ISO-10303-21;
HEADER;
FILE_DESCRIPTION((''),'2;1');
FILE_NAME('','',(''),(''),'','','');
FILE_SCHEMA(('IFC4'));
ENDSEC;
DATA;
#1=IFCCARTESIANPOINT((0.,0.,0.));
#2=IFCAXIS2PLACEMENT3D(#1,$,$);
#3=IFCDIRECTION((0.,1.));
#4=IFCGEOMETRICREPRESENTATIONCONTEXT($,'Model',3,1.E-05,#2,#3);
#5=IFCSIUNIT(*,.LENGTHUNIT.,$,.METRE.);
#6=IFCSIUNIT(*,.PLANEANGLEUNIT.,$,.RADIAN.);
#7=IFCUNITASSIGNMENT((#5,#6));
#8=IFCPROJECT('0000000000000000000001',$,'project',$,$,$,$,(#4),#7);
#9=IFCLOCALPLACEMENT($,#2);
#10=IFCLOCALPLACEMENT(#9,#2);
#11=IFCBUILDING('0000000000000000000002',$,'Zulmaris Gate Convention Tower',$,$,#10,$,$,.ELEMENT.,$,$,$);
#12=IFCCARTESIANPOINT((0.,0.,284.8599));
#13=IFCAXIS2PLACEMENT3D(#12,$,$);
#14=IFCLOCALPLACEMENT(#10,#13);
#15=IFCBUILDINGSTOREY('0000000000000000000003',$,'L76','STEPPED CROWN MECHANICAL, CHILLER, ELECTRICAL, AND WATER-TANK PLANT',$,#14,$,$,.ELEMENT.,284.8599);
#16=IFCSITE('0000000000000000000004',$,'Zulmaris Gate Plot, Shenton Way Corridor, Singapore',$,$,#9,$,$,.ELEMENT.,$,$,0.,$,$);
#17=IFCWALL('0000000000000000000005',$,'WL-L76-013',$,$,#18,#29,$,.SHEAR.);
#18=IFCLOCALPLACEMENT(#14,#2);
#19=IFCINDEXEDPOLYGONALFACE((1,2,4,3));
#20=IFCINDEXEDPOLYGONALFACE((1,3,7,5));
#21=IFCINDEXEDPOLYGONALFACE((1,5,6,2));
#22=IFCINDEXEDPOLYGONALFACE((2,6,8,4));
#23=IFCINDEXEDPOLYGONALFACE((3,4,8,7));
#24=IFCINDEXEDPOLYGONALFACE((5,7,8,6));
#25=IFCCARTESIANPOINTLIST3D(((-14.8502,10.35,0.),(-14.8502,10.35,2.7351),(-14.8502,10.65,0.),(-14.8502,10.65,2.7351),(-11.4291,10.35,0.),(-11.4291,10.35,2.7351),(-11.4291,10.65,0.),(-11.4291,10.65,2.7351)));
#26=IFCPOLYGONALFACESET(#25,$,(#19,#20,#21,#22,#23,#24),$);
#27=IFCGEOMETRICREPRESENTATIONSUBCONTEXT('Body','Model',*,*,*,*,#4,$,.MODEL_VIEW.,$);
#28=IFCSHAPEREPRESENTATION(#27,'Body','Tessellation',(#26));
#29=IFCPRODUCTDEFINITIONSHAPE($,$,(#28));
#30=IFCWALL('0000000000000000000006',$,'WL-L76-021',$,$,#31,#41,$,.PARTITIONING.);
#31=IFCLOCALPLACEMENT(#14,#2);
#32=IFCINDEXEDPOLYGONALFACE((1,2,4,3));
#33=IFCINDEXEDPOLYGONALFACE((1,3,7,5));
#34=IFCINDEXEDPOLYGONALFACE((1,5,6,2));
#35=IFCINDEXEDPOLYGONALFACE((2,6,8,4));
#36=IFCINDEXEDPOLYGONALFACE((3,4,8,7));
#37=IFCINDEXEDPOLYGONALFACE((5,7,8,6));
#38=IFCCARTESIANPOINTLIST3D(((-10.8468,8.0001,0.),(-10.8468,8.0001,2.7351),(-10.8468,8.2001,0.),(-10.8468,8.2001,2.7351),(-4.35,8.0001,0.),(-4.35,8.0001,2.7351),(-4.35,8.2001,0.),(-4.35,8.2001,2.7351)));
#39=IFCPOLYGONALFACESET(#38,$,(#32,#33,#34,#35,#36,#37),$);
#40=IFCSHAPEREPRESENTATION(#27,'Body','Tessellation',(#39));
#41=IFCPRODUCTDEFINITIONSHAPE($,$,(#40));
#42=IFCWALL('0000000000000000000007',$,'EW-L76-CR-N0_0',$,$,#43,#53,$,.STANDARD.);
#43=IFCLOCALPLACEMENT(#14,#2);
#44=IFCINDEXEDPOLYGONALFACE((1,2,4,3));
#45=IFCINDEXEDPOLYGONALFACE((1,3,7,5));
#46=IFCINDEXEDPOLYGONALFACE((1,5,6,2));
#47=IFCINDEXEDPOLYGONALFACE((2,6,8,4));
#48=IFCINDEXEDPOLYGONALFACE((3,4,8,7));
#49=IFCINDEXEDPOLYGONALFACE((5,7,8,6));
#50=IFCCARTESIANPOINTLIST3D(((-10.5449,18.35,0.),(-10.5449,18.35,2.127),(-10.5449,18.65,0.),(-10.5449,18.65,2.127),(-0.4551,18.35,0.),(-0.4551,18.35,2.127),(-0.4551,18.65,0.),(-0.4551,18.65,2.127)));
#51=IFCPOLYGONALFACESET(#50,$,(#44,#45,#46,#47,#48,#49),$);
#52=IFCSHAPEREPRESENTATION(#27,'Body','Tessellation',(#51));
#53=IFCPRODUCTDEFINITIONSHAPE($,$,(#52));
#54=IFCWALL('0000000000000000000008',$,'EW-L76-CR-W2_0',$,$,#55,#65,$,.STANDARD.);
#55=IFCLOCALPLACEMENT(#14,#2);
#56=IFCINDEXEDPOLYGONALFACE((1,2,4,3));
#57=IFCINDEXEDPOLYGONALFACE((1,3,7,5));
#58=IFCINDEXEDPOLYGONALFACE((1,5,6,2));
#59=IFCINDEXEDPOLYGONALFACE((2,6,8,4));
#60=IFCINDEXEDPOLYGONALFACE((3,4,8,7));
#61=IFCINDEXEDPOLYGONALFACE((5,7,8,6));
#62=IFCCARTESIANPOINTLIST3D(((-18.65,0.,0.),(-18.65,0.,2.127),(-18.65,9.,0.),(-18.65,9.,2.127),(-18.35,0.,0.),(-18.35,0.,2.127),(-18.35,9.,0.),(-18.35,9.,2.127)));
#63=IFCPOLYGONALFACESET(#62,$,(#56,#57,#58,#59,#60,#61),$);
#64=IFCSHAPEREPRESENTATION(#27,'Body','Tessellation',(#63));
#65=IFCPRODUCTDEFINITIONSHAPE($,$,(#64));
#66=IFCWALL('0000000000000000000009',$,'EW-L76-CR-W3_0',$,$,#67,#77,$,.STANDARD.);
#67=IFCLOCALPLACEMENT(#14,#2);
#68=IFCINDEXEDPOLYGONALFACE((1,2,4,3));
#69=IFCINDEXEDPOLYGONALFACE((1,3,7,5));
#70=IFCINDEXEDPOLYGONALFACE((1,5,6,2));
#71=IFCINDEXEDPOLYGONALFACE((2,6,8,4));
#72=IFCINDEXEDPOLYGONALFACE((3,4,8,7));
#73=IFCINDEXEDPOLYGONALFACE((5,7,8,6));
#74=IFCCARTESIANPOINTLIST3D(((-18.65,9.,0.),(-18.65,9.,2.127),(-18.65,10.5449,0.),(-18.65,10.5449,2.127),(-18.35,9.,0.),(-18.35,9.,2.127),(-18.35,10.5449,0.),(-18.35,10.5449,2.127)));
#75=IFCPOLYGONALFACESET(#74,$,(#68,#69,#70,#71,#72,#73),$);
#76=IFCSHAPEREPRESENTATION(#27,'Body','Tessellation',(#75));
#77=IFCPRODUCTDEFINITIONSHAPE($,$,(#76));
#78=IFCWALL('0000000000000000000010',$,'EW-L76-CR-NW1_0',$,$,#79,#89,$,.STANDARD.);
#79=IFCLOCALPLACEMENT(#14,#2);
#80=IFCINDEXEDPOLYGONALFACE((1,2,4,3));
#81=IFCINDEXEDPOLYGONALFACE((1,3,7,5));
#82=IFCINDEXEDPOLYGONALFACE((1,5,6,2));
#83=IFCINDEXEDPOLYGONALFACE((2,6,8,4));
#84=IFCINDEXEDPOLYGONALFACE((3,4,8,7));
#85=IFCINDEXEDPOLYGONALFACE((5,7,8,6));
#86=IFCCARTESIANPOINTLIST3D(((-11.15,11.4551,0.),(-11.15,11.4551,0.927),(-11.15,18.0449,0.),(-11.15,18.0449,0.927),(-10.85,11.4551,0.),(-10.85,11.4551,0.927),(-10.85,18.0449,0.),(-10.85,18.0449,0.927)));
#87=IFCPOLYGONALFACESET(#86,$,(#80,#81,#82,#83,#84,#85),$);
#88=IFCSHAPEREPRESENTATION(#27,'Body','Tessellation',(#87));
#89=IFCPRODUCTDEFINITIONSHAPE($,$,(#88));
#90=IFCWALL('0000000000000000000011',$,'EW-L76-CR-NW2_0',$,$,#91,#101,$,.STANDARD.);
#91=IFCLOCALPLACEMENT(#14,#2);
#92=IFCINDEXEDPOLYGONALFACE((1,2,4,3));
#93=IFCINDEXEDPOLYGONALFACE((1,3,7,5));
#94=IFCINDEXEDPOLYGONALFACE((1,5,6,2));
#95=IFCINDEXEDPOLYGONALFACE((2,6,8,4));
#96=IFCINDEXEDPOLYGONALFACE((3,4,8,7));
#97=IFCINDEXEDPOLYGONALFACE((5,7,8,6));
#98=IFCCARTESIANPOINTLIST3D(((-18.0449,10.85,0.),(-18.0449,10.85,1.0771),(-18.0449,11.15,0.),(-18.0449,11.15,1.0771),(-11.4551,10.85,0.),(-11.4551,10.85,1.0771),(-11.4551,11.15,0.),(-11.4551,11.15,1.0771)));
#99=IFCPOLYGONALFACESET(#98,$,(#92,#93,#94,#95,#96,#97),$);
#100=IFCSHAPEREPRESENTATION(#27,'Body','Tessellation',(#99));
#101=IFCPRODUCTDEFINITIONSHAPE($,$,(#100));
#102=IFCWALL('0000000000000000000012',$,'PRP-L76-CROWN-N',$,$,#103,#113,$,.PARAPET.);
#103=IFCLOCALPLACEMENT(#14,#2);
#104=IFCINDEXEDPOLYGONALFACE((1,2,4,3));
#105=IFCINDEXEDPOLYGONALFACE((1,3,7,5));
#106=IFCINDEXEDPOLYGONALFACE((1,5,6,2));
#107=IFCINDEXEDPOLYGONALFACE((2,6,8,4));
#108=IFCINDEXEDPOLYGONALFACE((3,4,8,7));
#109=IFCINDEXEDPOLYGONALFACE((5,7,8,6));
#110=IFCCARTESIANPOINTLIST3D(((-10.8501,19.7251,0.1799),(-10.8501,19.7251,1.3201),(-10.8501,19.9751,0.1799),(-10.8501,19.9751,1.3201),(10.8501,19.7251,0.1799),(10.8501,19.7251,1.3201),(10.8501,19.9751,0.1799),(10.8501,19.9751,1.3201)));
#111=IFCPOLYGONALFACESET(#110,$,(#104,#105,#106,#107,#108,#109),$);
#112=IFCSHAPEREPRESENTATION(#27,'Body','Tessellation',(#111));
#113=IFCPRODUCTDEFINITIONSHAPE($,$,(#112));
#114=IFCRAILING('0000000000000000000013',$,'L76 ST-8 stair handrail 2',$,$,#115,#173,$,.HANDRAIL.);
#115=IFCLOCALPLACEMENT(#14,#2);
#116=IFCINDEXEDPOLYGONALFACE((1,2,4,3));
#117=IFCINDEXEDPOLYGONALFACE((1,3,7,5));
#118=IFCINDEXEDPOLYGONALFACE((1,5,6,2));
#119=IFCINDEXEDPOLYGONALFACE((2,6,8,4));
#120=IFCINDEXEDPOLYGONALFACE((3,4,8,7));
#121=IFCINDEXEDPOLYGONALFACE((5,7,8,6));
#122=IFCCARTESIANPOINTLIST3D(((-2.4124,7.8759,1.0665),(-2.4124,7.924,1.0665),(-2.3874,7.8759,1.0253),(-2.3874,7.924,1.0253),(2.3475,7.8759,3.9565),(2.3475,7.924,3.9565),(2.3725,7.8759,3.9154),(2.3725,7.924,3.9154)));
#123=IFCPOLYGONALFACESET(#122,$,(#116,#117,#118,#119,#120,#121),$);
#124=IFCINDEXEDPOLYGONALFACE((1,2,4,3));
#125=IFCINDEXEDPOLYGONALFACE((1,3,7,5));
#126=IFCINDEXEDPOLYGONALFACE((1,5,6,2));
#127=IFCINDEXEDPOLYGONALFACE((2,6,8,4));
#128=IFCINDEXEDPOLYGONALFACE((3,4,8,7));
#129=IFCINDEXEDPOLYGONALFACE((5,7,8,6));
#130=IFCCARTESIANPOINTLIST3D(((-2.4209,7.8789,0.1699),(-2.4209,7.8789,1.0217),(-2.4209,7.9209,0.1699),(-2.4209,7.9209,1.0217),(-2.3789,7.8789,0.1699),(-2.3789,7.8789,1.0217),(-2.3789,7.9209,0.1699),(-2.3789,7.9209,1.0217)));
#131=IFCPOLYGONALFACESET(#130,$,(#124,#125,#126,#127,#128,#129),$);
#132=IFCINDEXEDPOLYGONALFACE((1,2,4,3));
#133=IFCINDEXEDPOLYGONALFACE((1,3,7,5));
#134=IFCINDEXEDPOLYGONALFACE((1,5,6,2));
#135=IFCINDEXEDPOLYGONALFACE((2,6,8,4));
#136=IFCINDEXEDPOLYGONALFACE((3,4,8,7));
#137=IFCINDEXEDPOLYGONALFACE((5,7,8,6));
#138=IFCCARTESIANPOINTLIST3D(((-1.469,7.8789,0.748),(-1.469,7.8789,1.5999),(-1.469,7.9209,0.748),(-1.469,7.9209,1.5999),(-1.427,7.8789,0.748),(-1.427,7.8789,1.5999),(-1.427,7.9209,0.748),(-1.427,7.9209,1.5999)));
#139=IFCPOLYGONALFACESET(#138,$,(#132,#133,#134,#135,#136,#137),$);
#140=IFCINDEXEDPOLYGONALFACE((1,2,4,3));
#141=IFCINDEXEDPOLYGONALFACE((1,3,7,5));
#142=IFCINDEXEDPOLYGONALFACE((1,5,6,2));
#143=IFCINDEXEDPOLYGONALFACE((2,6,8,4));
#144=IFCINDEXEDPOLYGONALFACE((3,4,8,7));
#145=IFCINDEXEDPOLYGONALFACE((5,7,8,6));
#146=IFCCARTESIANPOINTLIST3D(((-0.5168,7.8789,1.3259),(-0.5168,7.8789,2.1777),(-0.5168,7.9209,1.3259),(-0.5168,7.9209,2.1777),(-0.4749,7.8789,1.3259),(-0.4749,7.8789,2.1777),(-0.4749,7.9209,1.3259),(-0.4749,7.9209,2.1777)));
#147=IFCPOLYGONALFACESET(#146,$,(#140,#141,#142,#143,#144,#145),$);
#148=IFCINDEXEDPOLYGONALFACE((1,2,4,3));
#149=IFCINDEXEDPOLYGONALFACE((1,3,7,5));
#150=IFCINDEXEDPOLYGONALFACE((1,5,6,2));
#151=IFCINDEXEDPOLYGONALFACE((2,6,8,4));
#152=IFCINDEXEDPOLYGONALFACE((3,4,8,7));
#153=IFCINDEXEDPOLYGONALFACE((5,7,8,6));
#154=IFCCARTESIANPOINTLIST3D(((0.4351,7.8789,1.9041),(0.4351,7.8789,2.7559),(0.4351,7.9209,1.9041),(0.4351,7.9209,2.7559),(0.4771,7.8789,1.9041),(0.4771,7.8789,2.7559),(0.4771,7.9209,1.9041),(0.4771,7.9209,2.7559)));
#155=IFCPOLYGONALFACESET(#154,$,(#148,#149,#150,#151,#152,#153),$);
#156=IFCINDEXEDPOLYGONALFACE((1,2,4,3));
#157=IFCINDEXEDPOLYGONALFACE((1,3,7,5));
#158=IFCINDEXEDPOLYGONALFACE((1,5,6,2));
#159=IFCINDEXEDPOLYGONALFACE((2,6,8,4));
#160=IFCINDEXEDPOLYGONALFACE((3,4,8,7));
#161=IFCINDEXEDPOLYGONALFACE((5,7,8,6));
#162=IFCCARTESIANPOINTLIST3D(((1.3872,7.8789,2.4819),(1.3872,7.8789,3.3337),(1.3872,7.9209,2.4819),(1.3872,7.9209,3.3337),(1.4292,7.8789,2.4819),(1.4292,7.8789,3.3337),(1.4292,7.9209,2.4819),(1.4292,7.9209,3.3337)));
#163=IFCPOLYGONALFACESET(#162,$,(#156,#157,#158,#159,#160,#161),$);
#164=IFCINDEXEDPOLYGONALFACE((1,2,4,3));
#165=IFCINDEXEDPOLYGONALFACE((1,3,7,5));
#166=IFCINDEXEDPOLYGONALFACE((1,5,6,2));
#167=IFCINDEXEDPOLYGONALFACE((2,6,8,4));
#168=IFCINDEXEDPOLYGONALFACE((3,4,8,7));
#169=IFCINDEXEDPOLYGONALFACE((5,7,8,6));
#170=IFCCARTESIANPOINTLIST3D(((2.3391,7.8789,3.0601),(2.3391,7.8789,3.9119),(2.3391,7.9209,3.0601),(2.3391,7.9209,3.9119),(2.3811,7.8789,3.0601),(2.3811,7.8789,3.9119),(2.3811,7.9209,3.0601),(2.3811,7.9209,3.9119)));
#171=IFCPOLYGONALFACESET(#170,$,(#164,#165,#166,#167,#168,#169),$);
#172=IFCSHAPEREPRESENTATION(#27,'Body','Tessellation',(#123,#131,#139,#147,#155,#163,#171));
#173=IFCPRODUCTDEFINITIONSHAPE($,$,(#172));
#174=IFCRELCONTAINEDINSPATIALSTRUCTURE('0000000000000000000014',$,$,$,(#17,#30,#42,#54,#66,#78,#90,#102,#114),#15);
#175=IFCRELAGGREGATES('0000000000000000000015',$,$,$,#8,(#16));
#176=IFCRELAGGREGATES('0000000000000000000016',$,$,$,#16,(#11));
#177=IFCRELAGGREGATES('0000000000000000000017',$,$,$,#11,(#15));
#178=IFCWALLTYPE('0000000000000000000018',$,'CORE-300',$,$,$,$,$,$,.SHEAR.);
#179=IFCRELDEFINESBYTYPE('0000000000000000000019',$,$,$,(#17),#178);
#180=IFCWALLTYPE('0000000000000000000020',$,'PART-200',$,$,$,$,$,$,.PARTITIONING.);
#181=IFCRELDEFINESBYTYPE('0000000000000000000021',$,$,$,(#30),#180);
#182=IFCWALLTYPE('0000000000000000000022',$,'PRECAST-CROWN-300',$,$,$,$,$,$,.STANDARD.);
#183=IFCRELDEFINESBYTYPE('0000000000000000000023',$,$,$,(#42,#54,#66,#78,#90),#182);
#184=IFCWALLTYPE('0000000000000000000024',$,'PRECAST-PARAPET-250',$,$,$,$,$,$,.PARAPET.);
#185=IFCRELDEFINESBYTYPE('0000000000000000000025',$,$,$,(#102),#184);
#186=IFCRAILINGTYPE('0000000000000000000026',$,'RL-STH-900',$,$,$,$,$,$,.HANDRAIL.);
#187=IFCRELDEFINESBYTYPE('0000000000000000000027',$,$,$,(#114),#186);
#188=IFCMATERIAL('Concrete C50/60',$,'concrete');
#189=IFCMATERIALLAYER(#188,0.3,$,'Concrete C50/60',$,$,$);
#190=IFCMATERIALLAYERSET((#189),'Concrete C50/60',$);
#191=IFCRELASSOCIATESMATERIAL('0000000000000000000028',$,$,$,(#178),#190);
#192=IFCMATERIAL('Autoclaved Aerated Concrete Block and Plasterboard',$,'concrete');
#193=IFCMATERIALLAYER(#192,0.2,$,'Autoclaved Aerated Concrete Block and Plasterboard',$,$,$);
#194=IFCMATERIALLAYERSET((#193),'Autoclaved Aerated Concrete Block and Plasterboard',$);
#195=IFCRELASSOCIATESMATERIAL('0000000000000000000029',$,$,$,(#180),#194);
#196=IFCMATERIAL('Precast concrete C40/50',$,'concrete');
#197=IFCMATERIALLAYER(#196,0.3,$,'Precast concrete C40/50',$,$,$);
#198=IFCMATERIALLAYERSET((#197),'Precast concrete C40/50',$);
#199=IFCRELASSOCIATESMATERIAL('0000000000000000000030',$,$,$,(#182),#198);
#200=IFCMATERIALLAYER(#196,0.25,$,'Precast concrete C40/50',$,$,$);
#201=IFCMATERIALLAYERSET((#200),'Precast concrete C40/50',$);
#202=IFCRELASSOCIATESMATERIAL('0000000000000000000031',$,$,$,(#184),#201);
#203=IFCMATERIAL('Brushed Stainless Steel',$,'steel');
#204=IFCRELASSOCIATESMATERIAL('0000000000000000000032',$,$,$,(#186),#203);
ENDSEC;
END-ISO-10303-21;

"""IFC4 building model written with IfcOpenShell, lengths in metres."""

from ifc_helpers import new_model, si_unit, direction, frame, frame_2d, origin, origin_2d, place, context, subcontext, project, spatial, rectangle, extrude, material, layer, layer_set, type_object, element, save


model = new_model("IFC4")

# Units and contexts
model_context = context("Model", 3, precision=1e-05, world=origin(), true_north=direction((0.0, 1.0)))
body_context = subcontext(model_context, "Body", "Model", "MODEL_VIEW")
ifc_project = project(units=[si_unit("LENGTHUNIT", "METRE"), si_unit("PLANEANGLEUNIT", "RADIAN")], contexts=[model_context])

# Site, building, storey
site_placement = place(None, origin())
site = spatial("IfcSite", under=ifc_project, at=site_placement, Name="Zulmaris Gate Plot, Shenton Way Corridor, Singapore", CompositionType="ELEMENT", RefElevation=0.0)
building_placement = place(site_placement, origin())
building = spatial("IfcBuilding", under=site, at=building_placement, Name="Zulmaris Gate Convention Tower", CompositionType="ELEMENT")
storey_placement = place(building_placement, frame((0.0, 0.0, 284.8599)))
storey = spatial("IfcBuildingStorey", under=building, at=storey_placement, Name="L76", Description="STEPPED CROWN MECHANICAL, CHILLER, ELECTRICAL, AND WATER-TANK PLANT", CompositionType="ELEMENT", Elevation=284.8599)

# Walls
ifc_material_1 = material(Name="Concrete C50/60", Category="concrete")
ifc_layer_1 = layer(ifc_material_1, 0.3, Name="Concrete C50/60")
ifc_layer_set_1 = layer_set([ifc_layer_1], Name="Concrete C50/60")
wall_type_1 = type_object("IfcWallType", Name="CORE-300", PredefinedType="SHEAR", material=ifc_layer_set_1)
wall_1_placement = place(storey_placement, frame((-14.8501, 10.5, 0.0), z_axis=(0.0, 0.0, 1.0), x_axis=(1.0, 0.0, 0.0)))
element("IfcWall", 1, at=wall_1_placement, inside=storey, type_object=wall_type_1, Name="WL-L76-013", PredefinedType="SHEAR", context=body_context, shape_type="SweptSolid", body=[
    extrude(rectangle(XDim=3.4211, YDim=0.3, at=frame_2d((1.7104, 0.0))), origin(), (0.0, 0.0, 1.0), 2.7351),
])
ifc_material_2 = material(Name="Autoclaved Aerated Concrete Block and Plasterboard", Category="concrete")
ifc_layer_2 = layer(ifc_material_2, 0.2, Name="Autoclaved Aerated Concrete Block and Plasterboard")
ifc_layer_set_2 = layer_set([ifc_layer_2], Name="Autoclaved Aerated Concrete Block and Plasterboard")
wall_type_2 = type_object("IfcWallType", Name="PART-200", PredefinedType="PARTITIONING", material=ifc_layer_set_2)
wall_2_placement = place(storey_placement, frame((-10.8469, 8.1001, 0.0), z_axis=(0.0, 0.0, 1.0), x_axis=(1.0, 0.0, 0.0)))
element("IfcWall", 2, at=wall_2_placement, inside=storey, type_object=wall_type_2, Name="WL-L76-021", PredefinedType="PARTITIONING", context=body_context, shape_type="SweptSolid", body=[
    extrude(rectangle(XDim=6.4968, YDim=0.2, at=frame_2d((3.2485, 0.0))), origin(), (0.0, 0.0, 1.0), 2.7351),
])
ifc_material_3 = material(Name="Precast concrete C40/50", Category="concrete")
ifc_layer_3 = layer(ifc_material_3, 0.3, Name="Precast concrete C40/50")
ifc_layer_set_3 = layer_set([ifc_layer_3], Name="Precast concrete C40/50")
wall_type_3 = type_object("IfcWallType", Name="PRECAST-CROWN-300", PredefinedType="STANDARD", material=ifc_layer_set_3)
wall_3_placement = place(storey_placement, frame((-0.4551, 18.5, 0.0), z_axis=(0.0, 0.0, 1.0), x_axis=(-1.0, 0.0, 0.0)))
element("IfcWall", 3, at=wall_3_placement, inside=storey, type_object=wall_type_3, Name="EW-L76-CR-N0_0", PredefinedType="STANDARD", context=body_context, shape_type="SweptSolid", body=[
    extrude(rectangle(XDim=10.0898, YDim=0.3, at=frame_2d((5.0449, 0.0))), origin(), (0.0, 0.0, 1.0), 2.127),
])
wall_4_placement = place(storey_placement, frame((-18.5, 9.0, 0.0), z_axis=(0.0, 0.0, 1.0), x_axis=(0.0, -1.0, 0.0)))
element("IfcWall", 4, at=wall_4_placement, inside=storey, type_object=wall_type_3, Name="EW-L76-CR-W2_0", PredefinedType="STANDARD", context=body_context, shape_type="SweptSolid", body=[
    extrude(rectangle(XDim=9.0, YDim=0.3, at=frame_2d((4.5, 0.0))), origin(), (0.0, 0.0, 1.0), 2.127),
])
wall_5_placement = place(storey_placement, frame((-18.5, 10.5449, 0.0), z_axis=(0.0, 0.0, 1.0), x_axis=(0.0, -1.0, 0.0)))
element("IfcWall", 5, at=wall_5_placement, inside=storey, type_object=wall_type_3, Name="EW-L76-CR-W3_0", PredefinedType="STANDARD", context=body_context, shape_type="SweptSolid", body=[
    extrude(rectangle(XDim=1.5449, YDim=0.3, at=frame_2d((0.7725, 0.0))), origin(), (0.0, 0.0, 1.0), 2.127),
])
wall_6_placement = place(storey_placement, frame((-11.0, 18.0449, 0.0), z_axis=(0.0, 0.0, 1.0), x_axis=(0.0, -1.0, 0.0)))
element("IfcWall", 6, at=wall_6_placement, inside=storey, type_object=wall_type_3, Name="EW-L76-CR-NW1_0", PredefinedType="STANDARD", context=body_context, shape_type="SweptSolid", body=[
    extrude(rectangle(XDim=6.5898, YDim=0.3, at=frame_2d((3.2949, 0.0))), origin(), (0.0, 0.0, 1.0), 0.927),
])
wall_7_placement = place(storey_placement, frame((-11.4551, 11.0, 0.0), z_axis=(0.0, 0.0, 1.0), x_axis=(-1.0, 0.0, 0.0)))
element("IfcWall", 7, at=wall_7_placement, inside=storey, type_object=wall_type_3, Name="EW-L76-CR-NW2_0", PredefinedType="STANDARD", context=body_context, shape_type="SweptSolid", body=[
    extrude(rectangle(XDim=6.5898, YDim=0.3, at=frame_2d((3.2949, 0.0))), origin(), (0.0, 0.0, 1.0), 1.0771),
])
ifc_layer_4 = layer(ifc_material_3, 0.25, Name="Precast concrete C40/50")
ifc_layer_set_4 = layer_set([ifc_layer_4], Name="Precast concrete C40/50")
wall_type_4 = type_object("IfcWallType", Name="PRECAST-PARAPET-250", PredefinedType="PARAPET", material=ifc_layer_set_4)
wall_8_placement = place(storey_placement, frame((-10.8501, 19.8501, 0.1799), z_axis=(0.0, 0.0, 1.0), x_axis=(1.0, 0.0, 0.0)))
element("IfcWall", 8, at=wall_8_placement, inside=storey, type_object=wall_type_4, Name="PRP-L76-CROWN-N", PredefinedType="PARAPET", context=body_context, shape_type="SweptSolid", body=[
    extrude(rectangle(XDim=21.7002, YDim=0.25, at=frame_2d((10.8501, 0.0))), origin(), (0.0, 0.0, 1.0), 1.1401),
])

# Railing
ifc_material_4 = material(Name="Brushed Stainless Steel", Category="steel")
railing_type = type_object("IfcRailingType", Name="RL-STH-900", PredefinedType="HANDRAIL", material=ifc_material_4)
railing_placement = place(storey_placement, frame((-2.3999, 7.8999, 0.1699)))
element("IfcRailing", 9, at=railing_placement, inside=storey, type_object=railing_type, Name="L76 ST-8 stair handrail 2", PredefinedType="HANDRAIL", context=body_context, shape_type="SweptSolid", body=[
    extrude(rectangle(XDim=0.0481, YDim=0.0481, at=origin_2d()), frame((0.0, 0.0, 0.876), z_axis=(0.854777, 0.0, 0.518995), x_axis=(0.0, 1.0, 0.0)), (0.0, 0.0, 1.0), 5.5686),
    extrude(rectangle(XDim=0.042, YDim=0.042, at=origin_2d()), origin(), (0.0, 0.0, 1.0), 0.8518),
    extrude(rectangle(XDim=0.042, YDim=0.042, at=origin_2d()), frame((0.9519, 0.0, 0.5781)), (0.0, 0.0, 1.0), 0.8518),
    extrude(rectangle(XDim=0.042, YDim=0.042, at=origin_2d()), frame((1.9041, 0.0, 1.156)), (0.0, 0.0, 1.0), 0.8518),
    extrude(rectangle(XDim=0.042, YDim=0.042, at=origin_2d()), frame((2.856, 0.0, 1.7341)), (0.0, 0.0, 1.0), 0.8518),
    extrude(rectangle(XDim=0.042, YDim=0.042, at=origin_2d()), frame((3.8081, 0.0, 2.312)), (0.0, 0.0, 1.0), 0.8518),
    extrude(rectangle(XDim=0.042, YDim=0.042, at=origin_2d()), frame((4.76, 0.0, 2.8901)), (0.0, 0.0, 1.0), 0.8518),
])

save(model, "model.ifc")
